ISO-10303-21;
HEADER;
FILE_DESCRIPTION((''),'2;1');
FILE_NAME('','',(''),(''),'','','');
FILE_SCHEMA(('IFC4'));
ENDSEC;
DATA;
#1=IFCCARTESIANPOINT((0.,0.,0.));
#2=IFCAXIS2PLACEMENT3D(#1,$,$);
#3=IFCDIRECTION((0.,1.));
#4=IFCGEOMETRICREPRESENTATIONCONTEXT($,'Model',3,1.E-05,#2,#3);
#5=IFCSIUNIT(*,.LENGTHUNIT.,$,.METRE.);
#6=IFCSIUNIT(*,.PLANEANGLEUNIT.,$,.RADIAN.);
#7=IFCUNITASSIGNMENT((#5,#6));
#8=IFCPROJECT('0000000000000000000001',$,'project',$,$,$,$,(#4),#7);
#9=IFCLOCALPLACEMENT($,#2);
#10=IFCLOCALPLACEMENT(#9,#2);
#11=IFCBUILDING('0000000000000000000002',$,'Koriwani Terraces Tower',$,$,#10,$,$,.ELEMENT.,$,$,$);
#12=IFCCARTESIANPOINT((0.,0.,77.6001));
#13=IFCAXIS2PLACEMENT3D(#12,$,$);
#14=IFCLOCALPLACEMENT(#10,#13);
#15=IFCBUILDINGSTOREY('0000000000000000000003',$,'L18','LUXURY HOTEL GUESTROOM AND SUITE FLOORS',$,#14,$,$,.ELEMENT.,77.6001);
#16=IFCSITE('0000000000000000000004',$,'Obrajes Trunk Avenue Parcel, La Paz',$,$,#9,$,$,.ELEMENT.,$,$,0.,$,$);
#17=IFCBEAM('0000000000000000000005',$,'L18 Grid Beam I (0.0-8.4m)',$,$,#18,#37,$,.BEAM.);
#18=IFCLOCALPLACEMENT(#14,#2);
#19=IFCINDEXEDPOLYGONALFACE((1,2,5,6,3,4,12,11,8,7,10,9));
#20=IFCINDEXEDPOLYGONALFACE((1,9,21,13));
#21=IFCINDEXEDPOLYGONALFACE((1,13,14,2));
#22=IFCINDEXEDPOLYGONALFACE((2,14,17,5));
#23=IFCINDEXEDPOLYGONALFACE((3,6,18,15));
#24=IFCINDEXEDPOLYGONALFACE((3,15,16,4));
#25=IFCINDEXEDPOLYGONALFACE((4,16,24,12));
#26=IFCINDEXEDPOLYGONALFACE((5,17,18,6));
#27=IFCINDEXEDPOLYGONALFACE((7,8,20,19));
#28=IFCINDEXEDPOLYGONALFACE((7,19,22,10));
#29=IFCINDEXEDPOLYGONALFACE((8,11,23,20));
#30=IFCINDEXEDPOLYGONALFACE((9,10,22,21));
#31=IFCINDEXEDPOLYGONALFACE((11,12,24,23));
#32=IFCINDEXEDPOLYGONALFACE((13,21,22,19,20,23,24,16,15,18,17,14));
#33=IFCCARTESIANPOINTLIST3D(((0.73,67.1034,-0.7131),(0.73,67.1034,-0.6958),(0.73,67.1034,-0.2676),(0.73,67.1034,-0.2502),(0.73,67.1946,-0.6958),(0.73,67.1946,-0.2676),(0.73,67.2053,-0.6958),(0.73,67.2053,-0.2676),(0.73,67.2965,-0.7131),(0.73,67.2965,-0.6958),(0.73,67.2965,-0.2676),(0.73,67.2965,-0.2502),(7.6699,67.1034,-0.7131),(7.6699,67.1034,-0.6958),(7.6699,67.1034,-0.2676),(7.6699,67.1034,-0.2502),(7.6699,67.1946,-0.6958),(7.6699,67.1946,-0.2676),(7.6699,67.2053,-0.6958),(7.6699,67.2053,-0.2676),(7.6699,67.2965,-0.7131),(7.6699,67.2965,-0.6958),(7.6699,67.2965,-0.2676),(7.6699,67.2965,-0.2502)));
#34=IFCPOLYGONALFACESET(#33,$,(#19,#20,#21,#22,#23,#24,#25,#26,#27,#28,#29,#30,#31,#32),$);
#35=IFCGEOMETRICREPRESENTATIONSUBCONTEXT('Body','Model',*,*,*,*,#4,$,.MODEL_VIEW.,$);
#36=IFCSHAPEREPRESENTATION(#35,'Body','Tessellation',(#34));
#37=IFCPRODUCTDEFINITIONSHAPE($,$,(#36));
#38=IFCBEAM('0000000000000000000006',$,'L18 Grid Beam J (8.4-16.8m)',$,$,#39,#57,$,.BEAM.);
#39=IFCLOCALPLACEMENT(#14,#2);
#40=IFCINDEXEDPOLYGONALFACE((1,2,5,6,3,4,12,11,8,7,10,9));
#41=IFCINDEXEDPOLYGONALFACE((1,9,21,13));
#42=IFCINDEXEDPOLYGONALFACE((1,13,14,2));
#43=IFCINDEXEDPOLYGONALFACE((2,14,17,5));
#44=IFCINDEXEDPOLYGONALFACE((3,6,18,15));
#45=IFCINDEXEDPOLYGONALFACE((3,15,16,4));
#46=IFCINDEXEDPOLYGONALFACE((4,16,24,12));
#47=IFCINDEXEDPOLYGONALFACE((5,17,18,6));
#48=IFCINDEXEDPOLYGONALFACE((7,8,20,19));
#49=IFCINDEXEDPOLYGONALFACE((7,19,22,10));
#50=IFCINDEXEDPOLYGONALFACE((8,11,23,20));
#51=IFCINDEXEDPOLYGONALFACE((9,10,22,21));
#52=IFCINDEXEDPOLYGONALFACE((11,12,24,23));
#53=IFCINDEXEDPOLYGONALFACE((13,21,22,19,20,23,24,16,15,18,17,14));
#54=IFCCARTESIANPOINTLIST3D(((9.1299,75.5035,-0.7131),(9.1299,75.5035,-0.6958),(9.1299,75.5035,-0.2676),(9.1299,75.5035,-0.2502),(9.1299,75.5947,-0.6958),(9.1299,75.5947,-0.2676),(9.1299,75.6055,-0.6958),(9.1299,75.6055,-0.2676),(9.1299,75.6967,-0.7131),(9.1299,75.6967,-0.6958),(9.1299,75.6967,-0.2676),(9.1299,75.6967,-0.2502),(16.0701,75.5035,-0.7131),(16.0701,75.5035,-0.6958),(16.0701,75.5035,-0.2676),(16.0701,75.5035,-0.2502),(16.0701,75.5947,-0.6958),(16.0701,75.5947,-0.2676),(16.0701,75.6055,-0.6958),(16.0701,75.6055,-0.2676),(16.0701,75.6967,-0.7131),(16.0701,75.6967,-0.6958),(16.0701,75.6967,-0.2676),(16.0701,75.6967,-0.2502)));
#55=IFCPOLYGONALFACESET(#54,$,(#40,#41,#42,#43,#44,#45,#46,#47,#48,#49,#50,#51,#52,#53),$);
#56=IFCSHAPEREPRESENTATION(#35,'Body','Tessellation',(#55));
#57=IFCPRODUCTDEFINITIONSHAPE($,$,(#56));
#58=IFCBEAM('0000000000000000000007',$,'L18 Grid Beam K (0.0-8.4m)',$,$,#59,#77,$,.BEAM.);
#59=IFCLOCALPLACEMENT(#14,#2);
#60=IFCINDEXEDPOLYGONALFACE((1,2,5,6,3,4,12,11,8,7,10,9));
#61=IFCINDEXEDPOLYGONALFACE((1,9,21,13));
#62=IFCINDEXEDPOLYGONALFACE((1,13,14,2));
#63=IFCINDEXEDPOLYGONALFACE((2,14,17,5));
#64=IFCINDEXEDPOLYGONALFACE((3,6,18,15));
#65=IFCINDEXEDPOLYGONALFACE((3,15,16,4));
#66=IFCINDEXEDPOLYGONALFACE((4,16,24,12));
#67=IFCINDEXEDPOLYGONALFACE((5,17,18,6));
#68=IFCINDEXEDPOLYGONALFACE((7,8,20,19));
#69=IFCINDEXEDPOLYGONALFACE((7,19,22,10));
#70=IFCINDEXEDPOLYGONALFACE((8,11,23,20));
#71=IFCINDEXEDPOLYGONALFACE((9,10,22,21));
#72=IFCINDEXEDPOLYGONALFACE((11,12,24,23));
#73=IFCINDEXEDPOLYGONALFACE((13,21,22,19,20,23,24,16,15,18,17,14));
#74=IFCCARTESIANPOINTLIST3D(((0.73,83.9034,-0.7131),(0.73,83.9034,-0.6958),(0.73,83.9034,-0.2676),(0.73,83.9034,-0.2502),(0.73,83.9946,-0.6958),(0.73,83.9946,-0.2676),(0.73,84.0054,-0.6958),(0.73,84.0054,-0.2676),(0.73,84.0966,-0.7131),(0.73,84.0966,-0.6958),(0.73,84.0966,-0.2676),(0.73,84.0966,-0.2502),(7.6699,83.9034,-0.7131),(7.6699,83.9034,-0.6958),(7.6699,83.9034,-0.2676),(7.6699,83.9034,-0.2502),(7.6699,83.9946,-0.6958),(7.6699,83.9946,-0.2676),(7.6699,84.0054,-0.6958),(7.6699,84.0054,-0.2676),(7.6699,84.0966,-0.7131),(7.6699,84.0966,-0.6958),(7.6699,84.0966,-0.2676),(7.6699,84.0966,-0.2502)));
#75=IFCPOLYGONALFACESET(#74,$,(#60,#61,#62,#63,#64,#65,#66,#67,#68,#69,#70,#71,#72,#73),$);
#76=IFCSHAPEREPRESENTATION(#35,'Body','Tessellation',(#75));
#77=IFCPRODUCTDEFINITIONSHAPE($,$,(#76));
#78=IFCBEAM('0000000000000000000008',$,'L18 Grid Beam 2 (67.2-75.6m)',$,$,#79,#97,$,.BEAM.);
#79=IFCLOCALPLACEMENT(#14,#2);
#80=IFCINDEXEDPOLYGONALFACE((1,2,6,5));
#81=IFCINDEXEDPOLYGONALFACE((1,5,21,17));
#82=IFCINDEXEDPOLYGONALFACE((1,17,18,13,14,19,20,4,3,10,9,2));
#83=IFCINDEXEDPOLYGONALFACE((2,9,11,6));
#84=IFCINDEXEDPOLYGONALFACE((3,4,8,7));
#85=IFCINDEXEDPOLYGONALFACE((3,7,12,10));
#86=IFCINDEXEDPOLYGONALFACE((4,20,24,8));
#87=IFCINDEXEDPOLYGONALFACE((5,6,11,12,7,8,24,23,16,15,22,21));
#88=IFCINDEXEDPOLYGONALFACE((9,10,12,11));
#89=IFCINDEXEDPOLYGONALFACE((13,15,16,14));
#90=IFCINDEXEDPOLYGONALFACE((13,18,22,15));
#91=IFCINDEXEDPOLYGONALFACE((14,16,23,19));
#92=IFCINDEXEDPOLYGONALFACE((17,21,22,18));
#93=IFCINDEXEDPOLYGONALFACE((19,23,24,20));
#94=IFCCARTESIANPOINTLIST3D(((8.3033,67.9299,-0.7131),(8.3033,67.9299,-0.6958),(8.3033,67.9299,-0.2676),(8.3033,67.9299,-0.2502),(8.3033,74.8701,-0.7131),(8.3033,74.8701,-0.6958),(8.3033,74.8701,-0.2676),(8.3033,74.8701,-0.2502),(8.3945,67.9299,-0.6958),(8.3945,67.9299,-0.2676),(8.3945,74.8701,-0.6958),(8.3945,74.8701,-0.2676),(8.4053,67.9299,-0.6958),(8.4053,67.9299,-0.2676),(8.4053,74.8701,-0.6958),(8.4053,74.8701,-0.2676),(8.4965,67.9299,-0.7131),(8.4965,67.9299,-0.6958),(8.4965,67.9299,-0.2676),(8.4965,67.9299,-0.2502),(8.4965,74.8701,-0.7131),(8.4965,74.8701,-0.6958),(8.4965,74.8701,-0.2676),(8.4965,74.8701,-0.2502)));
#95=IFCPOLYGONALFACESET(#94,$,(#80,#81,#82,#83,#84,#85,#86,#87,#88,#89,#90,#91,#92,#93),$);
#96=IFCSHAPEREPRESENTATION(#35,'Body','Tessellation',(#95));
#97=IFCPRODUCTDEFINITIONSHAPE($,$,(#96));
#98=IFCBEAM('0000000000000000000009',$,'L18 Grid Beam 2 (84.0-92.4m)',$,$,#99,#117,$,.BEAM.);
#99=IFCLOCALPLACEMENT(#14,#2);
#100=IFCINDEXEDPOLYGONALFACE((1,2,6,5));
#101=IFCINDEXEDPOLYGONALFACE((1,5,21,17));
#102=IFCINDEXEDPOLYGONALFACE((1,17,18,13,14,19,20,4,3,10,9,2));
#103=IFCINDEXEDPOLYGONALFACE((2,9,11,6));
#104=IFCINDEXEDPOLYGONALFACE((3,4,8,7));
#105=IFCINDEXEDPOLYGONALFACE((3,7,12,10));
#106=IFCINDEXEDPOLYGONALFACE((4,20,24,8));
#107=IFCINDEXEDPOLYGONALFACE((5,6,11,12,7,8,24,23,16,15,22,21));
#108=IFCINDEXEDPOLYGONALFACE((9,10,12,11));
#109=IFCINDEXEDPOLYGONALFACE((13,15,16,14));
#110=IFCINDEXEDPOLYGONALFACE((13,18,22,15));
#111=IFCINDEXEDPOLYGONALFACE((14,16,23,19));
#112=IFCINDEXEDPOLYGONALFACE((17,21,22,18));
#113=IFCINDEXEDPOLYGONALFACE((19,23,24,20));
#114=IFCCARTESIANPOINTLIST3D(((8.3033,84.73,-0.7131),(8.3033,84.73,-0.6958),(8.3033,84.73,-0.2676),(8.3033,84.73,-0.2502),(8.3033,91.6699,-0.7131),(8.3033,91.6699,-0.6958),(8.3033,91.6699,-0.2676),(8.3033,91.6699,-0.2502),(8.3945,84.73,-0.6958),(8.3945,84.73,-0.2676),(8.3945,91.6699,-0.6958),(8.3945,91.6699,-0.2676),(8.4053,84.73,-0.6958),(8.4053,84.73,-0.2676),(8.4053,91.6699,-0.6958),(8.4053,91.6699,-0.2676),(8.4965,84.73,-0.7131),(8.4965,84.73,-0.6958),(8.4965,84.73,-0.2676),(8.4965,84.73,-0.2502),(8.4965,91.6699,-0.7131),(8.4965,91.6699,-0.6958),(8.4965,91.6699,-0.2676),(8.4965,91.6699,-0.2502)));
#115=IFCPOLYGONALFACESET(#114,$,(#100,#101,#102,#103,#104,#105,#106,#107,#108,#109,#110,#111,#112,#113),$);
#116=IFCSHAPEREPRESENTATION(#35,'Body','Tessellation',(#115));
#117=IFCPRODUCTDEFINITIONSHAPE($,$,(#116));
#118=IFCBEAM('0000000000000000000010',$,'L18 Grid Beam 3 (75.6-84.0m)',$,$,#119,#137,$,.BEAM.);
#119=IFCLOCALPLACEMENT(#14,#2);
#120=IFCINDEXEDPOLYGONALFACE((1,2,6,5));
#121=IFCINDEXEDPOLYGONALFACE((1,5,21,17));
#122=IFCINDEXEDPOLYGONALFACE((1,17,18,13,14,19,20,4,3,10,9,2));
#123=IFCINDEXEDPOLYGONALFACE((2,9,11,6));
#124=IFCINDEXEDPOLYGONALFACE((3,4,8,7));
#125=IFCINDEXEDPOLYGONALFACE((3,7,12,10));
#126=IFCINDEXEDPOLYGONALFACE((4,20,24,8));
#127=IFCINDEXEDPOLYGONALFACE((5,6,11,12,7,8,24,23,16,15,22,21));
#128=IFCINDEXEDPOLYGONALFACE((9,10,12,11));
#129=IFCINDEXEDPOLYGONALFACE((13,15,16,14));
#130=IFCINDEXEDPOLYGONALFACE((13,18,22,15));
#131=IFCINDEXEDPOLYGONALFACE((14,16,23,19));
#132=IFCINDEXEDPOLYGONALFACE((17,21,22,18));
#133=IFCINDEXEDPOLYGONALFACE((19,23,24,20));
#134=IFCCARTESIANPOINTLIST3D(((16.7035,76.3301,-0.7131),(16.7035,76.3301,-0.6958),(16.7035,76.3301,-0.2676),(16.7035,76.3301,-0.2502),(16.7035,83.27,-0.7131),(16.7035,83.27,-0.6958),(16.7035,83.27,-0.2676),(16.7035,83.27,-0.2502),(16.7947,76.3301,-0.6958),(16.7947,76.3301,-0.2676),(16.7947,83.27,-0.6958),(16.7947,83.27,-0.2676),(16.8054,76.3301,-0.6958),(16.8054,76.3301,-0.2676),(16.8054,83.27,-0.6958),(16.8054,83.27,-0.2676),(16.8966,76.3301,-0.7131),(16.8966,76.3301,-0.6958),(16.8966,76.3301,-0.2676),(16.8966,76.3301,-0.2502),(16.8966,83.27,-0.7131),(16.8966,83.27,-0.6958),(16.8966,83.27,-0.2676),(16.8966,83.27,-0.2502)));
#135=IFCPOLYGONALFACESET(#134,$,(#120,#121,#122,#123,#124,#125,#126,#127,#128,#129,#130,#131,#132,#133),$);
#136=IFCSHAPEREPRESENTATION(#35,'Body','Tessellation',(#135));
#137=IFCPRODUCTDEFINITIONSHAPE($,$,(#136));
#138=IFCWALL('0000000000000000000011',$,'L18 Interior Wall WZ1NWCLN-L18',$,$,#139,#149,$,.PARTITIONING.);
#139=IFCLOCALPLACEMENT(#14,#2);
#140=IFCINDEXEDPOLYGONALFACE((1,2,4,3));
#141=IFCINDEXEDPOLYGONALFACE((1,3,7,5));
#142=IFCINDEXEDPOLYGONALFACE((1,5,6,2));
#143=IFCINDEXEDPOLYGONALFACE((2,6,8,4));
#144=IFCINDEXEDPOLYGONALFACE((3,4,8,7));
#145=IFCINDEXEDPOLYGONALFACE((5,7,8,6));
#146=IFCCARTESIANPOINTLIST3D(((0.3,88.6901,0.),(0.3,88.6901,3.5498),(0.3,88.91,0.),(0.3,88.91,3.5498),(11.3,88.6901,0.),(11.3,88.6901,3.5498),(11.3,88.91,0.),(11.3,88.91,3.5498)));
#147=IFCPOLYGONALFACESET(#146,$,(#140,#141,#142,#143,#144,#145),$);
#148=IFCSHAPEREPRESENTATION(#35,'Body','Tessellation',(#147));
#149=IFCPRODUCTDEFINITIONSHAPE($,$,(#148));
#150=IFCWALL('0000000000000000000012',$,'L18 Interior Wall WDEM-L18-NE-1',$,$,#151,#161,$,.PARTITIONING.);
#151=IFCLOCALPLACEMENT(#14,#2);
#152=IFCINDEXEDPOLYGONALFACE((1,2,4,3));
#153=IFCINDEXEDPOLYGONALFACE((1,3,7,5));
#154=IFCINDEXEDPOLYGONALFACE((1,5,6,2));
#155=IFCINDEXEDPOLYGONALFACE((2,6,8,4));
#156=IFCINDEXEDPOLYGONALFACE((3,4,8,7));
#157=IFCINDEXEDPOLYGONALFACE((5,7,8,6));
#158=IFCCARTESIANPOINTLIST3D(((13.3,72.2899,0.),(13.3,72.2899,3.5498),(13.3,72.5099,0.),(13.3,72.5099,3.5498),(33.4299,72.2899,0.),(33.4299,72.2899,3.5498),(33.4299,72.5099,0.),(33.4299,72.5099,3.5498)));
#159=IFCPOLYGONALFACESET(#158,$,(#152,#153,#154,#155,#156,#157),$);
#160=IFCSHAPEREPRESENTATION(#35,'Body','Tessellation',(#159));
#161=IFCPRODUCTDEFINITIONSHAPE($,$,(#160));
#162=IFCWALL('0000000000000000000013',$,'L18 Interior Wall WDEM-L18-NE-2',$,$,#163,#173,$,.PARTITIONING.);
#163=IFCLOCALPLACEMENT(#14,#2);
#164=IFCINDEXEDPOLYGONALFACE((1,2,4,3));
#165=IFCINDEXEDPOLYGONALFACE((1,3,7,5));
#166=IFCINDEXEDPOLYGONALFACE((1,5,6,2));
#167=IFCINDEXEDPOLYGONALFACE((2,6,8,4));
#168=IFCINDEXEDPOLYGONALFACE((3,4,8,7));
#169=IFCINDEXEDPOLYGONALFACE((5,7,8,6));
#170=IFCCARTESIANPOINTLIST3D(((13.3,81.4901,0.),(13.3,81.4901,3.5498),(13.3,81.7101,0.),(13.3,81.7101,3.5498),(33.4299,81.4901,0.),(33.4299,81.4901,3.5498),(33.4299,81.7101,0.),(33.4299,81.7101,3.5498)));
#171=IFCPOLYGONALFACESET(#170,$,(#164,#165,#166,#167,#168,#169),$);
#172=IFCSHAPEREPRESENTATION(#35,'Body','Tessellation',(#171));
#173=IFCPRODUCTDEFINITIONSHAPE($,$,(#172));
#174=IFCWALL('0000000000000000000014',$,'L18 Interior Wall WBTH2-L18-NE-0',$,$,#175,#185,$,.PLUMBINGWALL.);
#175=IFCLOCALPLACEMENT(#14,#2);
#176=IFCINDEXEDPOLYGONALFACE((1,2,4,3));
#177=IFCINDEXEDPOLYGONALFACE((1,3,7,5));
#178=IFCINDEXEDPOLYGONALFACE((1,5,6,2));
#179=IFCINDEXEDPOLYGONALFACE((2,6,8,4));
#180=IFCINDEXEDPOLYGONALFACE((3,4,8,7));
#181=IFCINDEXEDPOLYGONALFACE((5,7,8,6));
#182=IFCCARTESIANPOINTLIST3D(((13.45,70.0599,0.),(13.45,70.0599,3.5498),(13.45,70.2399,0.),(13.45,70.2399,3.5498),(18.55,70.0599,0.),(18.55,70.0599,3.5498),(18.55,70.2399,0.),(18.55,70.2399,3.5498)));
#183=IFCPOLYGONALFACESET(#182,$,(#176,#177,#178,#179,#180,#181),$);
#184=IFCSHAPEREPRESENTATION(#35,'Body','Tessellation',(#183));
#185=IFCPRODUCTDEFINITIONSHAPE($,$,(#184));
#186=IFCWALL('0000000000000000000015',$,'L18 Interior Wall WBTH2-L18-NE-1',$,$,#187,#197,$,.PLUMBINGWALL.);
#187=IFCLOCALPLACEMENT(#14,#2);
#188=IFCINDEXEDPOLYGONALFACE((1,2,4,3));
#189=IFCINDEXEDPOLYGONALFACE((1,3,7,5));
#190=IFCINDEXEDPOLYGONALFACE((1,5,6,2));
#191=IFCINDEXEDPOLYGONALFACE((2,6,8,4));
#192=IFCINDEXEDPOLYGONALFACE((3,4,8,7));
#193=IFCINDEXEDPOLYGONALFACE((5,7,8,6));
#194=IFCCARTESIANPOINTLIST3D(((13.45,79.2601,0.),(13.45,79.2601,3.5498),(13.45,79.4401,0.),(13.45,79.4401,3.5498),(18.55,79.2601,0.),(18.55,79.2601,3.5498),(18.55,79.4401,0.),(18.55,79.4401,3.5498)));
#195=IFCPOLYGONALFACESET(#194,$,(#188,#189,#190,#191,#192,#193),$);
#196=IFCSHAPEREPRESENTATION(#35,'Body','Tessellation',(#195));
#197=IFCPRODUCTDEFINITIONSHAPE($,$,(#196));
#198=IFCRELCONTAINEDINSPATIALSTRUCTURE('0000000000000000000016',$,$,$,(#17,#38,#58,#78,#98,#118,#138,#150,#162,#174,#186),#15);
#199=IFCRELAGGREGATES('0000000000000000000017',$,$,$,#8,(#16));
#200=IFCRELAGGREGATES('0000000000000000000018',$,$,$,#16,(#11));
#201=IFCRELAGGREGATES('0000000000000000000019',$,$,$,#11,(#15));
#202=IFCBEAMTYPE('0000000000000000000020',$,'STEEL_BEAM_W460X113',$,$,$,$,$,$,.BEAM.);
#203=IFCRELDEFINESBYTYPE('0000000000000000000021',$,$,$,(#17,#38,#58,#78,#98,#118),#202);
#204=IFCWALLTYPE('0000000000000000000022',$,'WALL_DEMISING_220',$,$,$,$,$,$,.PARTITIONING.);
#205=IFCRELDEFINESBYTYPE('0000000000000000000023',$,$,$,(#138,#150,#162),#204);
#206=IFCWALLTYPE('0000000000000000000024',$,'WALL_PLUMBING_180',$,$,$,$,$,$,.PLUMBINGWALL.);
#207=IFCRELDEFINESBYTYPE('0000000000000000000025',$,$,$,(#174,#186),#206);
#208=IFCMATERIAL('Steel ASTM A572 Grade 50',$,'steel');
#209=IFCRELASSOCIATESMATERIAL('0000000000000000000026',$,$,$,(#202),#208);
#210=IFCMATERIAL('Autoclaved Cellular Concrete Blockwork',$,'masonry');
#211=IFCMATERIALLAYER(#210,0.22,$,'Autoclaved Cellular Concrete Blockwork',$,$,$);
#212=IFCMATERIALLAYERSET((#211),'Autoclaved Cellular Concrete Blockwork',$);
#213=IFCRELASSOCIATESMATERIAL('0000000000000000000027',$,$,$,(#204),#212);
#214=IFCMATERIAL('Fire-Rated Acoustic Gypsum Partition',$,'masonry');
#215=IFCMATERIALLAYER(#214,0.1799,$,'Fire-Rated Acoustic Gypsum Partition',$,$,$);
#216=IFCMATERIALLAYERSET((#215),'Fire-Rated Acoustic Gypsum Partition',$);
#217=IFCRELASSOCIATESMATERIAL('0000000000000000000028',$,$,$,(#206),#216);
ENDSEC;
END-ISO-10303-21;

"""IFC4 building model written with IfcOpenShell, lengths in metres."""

from ifc_helpers import new_model, si_unit, direction, frame, frame_2d, origin, origin_2d, place, context, subcontext, project, spatial, rectangle, i_section, extrude, material, layer, layer_set, material_profile, profile_set, type_object, element, save


model = new_model("IFC4")

# Units and contexts
model_context = context("Model", 3, precision=1e-05, world=origin(), true_north=direction((0.0, 1.0)))
body_context = subcontext(model_context, "Body", "Model", "MODEL_VIEW")
ifc_project = project(units=[si_unit("LENGTHUNIT", "METRE"), si_unit("PLANEANGLEUNIT", "RADIAN")], contexts=[model_context])

# Site, building, storey
site_placement = place(None, origin())
site = spatial("IfcSite", under=ifc_project, at=site_placement, Name="Obrajes Trunk Avenue Parcel, La Paz", CompositionType="ELEMENT", RefElevation=0.0)
building_placement = place(site_placement, origin())
building = spatial("IfcBuilding", under=site, at=building_placement, Name="Koriwani Terraces Tower", CompositionType="ELEMENT")
storey_placement = place(building_placement, frame((0.0, 0.0, 77.6001)))
storey = spatial("IfcBuildingStorey", under=building, at=storey_placement, Name="L18", Description="LUXURY HOTEL GUESTROOM AND SUITE FLOORS", CompositionType="ELEMENT", Elevation=77.6001)

# Beams
ifc_material_1 = material(Name="Steel ASTM A572 Grade 50", Category="steel")
ifc_material_profile_1 = material_profile(ifc_material_1, i_section(OverallWidth=0.1931, OverallDepth=0.4629, WebThickness=0.0107, FlangeThickness=0.0173, at=origin_2d()), Name="Steel ASTM A572 Grade 50", Category="LoadBearing")
ifc_profile_set_1 = profile_set([ifc_material_profile_1], Name="Steel ASTM A572 Grade 50")
beam_type_1 = type_object("IfcBeamType", Name="STEEL_BEAM_W460X113", PredefinedType="BEAM", material=ifc_profile_set_1)
beam_1_placement = place(storey_placement, frame((0.73, 67.2, -0.4817), z_axis=(1.0, 0.0, 0.0), x_axis=(0.0, 1.0, 0.0)))
element("IfcBeam", 1, at=beam_1_placement, inside=storey, type_object=beam_type_1, Name="L18 Grid Beam I (0.0-8.4m)", PredefinedType="BEAM", context=body_context, shape_type="SweptSolid", body=[
    extrude(i_section(OverallWidth=0.1931, OverallDepth=0.4629, WebThickness=0.0107, FlangeThickness=0.0173, at=origin_2d()), origin(), (0.0, 0.0, 1.0), 6.9399),
])
beam_2_placement = place(storey_placement, frame((9.1299, 75.6001, -0.4817), z_axis=(1.0, 0.0, 0.0), x_axis=(0.0, 1.0, 0.0)))
element("IfcBeam", 2, at=beam_2_placement, inside=storey, type_object=beam_type_1, Name="L18 Grid Beam J (8.4-16.8m)", PredefinedType="BEAM", context=body_context, shape_type="SweptSolid", body=[
    extrude(i_section(OverallWidth=0.1931, OverallDepth=0.4629, WebThickness=0.0107, FlangeThickness=0.0173, at=origin_2d()), origin(), (0.0, 0.0, 1.0), 6.9402),
])
beam_3_placement = place(storey_placement, frame((0.73, 84.0, -0.4817), z_axis=(1.0, 0.0, 0.0), x_axis=(0.0, 1.0, 0.0)))
element("IfcBeam", 3, at=beam_3_placement, inside=storey, type_object=beam_type_1, Name="L18 Grid Beam K (0.0-8.4m)", PredefinedType="BEAM", context=body_context, shape_type="SweptSolid", body=[
    extrude(i_section(OverallWidth=0.1931, OverallDepth=0.4629, WebThickness=0.0107, FlangeThickness=0.0173, at=origin_2d()), origin(), (0.0, 0.0, 1.0), 6.9399),
])
beam_4_placement = place(storey_placement, frame((8.3999, 67.9299, -0.4817), z_axis=(0.0, 1.0, 0.0), x_axis=(-1.0, 0.0, 0.0)))
element("IfcBeam", 4, at=beam_4_placement, inside=storey, type_object=beam_type_1, Name="L18 Grid Beam 2 (67.2-75.6m)", PredefinedType="BEAM", context=body_context, shape_type="SweptSolid", body=[
    extrude(i_section(OverallWidth=0.1931, OverallDepth=0.4629, WebThickness=0.0107, FlangeThickness=0.0173, at=origin_2d()), origin(), (0.0, 0.0, 1.0), 6.9402),
])
for number, where, z_axis, x_axis, name in (
    (5, (8.3999, 84.73, -0.4817), (0.0, 1.0, 0.0), (-1.0, 0.0, 0.0), "L18 Grid Beam 2 (84.0-92.4m)"),
    (6, (16.8, 76.3301, -0.4817), (0.0, 1.0, 0.0), (-1.0, 0.0, 0.0), "L18 Grid Beam 3 (75.6-84.0m)"),
):
    element("IfcBeam", number, at=place(storey_placement, frame(where, z_axis=z_axis, x_axis=x_axis)), inside=storey, type_object=beam_type_1, Name=name, PredefinedType="BEAM", context=body_context, shape_type="SweptSolid", body=[
        extrude(i_section(OverallWidth=0.1931, OverallDepth=0.4629, WebThickness=0.0107, FlangeThickness=0.0173, at=origin_2d()), origin(), (0.0, 0.0, 1.0), 6.9399),
    ])

# Walls
ifc_material_2 = material(Name="Autoclaved Cellular Concrete Blockwork", Category="masonry")
ifc_layer_1 = layer(ifc_material_2, 0.22, Name="Autoclaved Cellular Concrete Blockwork")
ifc_layer_set_1 = layer_set([ifc_layer_1], Name="Autoclaved Cellular Concrete Blockwork")
wall_type_1 = type_object("IfcWallType", Name="WALL_DEMISING_220", PredefinedType="PARTITIONING", material=ifc_layer_set_1)
wall_placement = place(storey_placement, frame((0.3, 88.8, 0.0), z_axis=(0.0, 0.0, 1.0), x_axis=(1.0, 0.0, 0.0)))
element("IfcWall", 7, at=wall_placement, inside=storey, type_object=wall_type_1, Name="L18 Interior Wall WZ1NWCLN-L18", PredefinedType="PARTITIONING", context=body_context, shape_type="SweptSolid", body=[
    extrude(rectangle(XDim=11.0, YDim=0.22, at=frame_2d((5.5, 0.0))), origin(), (0.0, 0.0, 1.0), 3.5498),
])
for number, where, z_axis, x_axis, name in (
    (8, (13.3, 72.3999, 0.0), (0.0, 0.0, 1.0), (1.0, 0.0, 0.0), "L18 Interior Wall WDEM-L18-NE-1"),
    (9, (13.3, 81.6001, 0.0), (0.0, 0.0, 1.0), (1.0, 0.0, 0.0), "L18 Interior Wall WDEM-L18-NE-2"),
):
    element("IfcWall", number, at=place(storey_placement, frame(where, z_axis=z_axis, x_axis=x_axis)), inside=storey, type_object=wall_type_1, Name=name, PredefinedType="PARTITIONING", context=body_context, shape_type="SweptSolid", body=[
        extrude(rectangle(XDim=20.1299, YDim=0.22, at=frame_2d((10.0649, 0.0))), origin(), (0.0, 0.0, 1.0), 3.5498),
    ])
ifc_material_3 = material(Name="Fire-Rated Acoustic Gypsum Partition", Category="masonry")
ifc_layer_2 = layer(ifc_material_3, 0.1799, Name="Fire-Rated Acoustic Gypsum Partition")
ifc_layer_set_2 = layer_set([ifc_layer_2], Name="Fire-Rated Acoustic Gypsum Partition")
wall_type_2 = type_object("IfcWallType", Name="WALL_PLUMBING_180", PredefinedType="PLUMBINGWALL", material=ifc_layer_set_2)
for number, where, z_axis, x_axis, name in (
    (10, (13.45, 70.1499, 0.0), (0.0, 0.0, 1.0), (1.0, 0.0, 0.0), "L18 Interior Wall WBTH2-L18-NE-0"),
    (11, (13.45, 79.3501, 0.0), (0.0, 0.0, 1.0), (1.0, 0.0, 0.0), "L18 Interior Wall WBTH2-L18-NE-1"),
):
    element("IfcWall", number, at=place(storey_placement, frame(where, z_axis=z_axis, x_axis=x_axis)), inside=storey, type_object=wall_type_2, Name=name, PredefinedType="PLUMBINGWALL", context=body_context, shape_type="SweptSolid", body=[
        extrude(rectangle(XDim=5.1001, YDim=0.1799, at=frame_2d((2.55, 0.0))), origin(), (0.0, 0.0, 1.0), 3.5498),
    ])

save(model, "model.ifc")
